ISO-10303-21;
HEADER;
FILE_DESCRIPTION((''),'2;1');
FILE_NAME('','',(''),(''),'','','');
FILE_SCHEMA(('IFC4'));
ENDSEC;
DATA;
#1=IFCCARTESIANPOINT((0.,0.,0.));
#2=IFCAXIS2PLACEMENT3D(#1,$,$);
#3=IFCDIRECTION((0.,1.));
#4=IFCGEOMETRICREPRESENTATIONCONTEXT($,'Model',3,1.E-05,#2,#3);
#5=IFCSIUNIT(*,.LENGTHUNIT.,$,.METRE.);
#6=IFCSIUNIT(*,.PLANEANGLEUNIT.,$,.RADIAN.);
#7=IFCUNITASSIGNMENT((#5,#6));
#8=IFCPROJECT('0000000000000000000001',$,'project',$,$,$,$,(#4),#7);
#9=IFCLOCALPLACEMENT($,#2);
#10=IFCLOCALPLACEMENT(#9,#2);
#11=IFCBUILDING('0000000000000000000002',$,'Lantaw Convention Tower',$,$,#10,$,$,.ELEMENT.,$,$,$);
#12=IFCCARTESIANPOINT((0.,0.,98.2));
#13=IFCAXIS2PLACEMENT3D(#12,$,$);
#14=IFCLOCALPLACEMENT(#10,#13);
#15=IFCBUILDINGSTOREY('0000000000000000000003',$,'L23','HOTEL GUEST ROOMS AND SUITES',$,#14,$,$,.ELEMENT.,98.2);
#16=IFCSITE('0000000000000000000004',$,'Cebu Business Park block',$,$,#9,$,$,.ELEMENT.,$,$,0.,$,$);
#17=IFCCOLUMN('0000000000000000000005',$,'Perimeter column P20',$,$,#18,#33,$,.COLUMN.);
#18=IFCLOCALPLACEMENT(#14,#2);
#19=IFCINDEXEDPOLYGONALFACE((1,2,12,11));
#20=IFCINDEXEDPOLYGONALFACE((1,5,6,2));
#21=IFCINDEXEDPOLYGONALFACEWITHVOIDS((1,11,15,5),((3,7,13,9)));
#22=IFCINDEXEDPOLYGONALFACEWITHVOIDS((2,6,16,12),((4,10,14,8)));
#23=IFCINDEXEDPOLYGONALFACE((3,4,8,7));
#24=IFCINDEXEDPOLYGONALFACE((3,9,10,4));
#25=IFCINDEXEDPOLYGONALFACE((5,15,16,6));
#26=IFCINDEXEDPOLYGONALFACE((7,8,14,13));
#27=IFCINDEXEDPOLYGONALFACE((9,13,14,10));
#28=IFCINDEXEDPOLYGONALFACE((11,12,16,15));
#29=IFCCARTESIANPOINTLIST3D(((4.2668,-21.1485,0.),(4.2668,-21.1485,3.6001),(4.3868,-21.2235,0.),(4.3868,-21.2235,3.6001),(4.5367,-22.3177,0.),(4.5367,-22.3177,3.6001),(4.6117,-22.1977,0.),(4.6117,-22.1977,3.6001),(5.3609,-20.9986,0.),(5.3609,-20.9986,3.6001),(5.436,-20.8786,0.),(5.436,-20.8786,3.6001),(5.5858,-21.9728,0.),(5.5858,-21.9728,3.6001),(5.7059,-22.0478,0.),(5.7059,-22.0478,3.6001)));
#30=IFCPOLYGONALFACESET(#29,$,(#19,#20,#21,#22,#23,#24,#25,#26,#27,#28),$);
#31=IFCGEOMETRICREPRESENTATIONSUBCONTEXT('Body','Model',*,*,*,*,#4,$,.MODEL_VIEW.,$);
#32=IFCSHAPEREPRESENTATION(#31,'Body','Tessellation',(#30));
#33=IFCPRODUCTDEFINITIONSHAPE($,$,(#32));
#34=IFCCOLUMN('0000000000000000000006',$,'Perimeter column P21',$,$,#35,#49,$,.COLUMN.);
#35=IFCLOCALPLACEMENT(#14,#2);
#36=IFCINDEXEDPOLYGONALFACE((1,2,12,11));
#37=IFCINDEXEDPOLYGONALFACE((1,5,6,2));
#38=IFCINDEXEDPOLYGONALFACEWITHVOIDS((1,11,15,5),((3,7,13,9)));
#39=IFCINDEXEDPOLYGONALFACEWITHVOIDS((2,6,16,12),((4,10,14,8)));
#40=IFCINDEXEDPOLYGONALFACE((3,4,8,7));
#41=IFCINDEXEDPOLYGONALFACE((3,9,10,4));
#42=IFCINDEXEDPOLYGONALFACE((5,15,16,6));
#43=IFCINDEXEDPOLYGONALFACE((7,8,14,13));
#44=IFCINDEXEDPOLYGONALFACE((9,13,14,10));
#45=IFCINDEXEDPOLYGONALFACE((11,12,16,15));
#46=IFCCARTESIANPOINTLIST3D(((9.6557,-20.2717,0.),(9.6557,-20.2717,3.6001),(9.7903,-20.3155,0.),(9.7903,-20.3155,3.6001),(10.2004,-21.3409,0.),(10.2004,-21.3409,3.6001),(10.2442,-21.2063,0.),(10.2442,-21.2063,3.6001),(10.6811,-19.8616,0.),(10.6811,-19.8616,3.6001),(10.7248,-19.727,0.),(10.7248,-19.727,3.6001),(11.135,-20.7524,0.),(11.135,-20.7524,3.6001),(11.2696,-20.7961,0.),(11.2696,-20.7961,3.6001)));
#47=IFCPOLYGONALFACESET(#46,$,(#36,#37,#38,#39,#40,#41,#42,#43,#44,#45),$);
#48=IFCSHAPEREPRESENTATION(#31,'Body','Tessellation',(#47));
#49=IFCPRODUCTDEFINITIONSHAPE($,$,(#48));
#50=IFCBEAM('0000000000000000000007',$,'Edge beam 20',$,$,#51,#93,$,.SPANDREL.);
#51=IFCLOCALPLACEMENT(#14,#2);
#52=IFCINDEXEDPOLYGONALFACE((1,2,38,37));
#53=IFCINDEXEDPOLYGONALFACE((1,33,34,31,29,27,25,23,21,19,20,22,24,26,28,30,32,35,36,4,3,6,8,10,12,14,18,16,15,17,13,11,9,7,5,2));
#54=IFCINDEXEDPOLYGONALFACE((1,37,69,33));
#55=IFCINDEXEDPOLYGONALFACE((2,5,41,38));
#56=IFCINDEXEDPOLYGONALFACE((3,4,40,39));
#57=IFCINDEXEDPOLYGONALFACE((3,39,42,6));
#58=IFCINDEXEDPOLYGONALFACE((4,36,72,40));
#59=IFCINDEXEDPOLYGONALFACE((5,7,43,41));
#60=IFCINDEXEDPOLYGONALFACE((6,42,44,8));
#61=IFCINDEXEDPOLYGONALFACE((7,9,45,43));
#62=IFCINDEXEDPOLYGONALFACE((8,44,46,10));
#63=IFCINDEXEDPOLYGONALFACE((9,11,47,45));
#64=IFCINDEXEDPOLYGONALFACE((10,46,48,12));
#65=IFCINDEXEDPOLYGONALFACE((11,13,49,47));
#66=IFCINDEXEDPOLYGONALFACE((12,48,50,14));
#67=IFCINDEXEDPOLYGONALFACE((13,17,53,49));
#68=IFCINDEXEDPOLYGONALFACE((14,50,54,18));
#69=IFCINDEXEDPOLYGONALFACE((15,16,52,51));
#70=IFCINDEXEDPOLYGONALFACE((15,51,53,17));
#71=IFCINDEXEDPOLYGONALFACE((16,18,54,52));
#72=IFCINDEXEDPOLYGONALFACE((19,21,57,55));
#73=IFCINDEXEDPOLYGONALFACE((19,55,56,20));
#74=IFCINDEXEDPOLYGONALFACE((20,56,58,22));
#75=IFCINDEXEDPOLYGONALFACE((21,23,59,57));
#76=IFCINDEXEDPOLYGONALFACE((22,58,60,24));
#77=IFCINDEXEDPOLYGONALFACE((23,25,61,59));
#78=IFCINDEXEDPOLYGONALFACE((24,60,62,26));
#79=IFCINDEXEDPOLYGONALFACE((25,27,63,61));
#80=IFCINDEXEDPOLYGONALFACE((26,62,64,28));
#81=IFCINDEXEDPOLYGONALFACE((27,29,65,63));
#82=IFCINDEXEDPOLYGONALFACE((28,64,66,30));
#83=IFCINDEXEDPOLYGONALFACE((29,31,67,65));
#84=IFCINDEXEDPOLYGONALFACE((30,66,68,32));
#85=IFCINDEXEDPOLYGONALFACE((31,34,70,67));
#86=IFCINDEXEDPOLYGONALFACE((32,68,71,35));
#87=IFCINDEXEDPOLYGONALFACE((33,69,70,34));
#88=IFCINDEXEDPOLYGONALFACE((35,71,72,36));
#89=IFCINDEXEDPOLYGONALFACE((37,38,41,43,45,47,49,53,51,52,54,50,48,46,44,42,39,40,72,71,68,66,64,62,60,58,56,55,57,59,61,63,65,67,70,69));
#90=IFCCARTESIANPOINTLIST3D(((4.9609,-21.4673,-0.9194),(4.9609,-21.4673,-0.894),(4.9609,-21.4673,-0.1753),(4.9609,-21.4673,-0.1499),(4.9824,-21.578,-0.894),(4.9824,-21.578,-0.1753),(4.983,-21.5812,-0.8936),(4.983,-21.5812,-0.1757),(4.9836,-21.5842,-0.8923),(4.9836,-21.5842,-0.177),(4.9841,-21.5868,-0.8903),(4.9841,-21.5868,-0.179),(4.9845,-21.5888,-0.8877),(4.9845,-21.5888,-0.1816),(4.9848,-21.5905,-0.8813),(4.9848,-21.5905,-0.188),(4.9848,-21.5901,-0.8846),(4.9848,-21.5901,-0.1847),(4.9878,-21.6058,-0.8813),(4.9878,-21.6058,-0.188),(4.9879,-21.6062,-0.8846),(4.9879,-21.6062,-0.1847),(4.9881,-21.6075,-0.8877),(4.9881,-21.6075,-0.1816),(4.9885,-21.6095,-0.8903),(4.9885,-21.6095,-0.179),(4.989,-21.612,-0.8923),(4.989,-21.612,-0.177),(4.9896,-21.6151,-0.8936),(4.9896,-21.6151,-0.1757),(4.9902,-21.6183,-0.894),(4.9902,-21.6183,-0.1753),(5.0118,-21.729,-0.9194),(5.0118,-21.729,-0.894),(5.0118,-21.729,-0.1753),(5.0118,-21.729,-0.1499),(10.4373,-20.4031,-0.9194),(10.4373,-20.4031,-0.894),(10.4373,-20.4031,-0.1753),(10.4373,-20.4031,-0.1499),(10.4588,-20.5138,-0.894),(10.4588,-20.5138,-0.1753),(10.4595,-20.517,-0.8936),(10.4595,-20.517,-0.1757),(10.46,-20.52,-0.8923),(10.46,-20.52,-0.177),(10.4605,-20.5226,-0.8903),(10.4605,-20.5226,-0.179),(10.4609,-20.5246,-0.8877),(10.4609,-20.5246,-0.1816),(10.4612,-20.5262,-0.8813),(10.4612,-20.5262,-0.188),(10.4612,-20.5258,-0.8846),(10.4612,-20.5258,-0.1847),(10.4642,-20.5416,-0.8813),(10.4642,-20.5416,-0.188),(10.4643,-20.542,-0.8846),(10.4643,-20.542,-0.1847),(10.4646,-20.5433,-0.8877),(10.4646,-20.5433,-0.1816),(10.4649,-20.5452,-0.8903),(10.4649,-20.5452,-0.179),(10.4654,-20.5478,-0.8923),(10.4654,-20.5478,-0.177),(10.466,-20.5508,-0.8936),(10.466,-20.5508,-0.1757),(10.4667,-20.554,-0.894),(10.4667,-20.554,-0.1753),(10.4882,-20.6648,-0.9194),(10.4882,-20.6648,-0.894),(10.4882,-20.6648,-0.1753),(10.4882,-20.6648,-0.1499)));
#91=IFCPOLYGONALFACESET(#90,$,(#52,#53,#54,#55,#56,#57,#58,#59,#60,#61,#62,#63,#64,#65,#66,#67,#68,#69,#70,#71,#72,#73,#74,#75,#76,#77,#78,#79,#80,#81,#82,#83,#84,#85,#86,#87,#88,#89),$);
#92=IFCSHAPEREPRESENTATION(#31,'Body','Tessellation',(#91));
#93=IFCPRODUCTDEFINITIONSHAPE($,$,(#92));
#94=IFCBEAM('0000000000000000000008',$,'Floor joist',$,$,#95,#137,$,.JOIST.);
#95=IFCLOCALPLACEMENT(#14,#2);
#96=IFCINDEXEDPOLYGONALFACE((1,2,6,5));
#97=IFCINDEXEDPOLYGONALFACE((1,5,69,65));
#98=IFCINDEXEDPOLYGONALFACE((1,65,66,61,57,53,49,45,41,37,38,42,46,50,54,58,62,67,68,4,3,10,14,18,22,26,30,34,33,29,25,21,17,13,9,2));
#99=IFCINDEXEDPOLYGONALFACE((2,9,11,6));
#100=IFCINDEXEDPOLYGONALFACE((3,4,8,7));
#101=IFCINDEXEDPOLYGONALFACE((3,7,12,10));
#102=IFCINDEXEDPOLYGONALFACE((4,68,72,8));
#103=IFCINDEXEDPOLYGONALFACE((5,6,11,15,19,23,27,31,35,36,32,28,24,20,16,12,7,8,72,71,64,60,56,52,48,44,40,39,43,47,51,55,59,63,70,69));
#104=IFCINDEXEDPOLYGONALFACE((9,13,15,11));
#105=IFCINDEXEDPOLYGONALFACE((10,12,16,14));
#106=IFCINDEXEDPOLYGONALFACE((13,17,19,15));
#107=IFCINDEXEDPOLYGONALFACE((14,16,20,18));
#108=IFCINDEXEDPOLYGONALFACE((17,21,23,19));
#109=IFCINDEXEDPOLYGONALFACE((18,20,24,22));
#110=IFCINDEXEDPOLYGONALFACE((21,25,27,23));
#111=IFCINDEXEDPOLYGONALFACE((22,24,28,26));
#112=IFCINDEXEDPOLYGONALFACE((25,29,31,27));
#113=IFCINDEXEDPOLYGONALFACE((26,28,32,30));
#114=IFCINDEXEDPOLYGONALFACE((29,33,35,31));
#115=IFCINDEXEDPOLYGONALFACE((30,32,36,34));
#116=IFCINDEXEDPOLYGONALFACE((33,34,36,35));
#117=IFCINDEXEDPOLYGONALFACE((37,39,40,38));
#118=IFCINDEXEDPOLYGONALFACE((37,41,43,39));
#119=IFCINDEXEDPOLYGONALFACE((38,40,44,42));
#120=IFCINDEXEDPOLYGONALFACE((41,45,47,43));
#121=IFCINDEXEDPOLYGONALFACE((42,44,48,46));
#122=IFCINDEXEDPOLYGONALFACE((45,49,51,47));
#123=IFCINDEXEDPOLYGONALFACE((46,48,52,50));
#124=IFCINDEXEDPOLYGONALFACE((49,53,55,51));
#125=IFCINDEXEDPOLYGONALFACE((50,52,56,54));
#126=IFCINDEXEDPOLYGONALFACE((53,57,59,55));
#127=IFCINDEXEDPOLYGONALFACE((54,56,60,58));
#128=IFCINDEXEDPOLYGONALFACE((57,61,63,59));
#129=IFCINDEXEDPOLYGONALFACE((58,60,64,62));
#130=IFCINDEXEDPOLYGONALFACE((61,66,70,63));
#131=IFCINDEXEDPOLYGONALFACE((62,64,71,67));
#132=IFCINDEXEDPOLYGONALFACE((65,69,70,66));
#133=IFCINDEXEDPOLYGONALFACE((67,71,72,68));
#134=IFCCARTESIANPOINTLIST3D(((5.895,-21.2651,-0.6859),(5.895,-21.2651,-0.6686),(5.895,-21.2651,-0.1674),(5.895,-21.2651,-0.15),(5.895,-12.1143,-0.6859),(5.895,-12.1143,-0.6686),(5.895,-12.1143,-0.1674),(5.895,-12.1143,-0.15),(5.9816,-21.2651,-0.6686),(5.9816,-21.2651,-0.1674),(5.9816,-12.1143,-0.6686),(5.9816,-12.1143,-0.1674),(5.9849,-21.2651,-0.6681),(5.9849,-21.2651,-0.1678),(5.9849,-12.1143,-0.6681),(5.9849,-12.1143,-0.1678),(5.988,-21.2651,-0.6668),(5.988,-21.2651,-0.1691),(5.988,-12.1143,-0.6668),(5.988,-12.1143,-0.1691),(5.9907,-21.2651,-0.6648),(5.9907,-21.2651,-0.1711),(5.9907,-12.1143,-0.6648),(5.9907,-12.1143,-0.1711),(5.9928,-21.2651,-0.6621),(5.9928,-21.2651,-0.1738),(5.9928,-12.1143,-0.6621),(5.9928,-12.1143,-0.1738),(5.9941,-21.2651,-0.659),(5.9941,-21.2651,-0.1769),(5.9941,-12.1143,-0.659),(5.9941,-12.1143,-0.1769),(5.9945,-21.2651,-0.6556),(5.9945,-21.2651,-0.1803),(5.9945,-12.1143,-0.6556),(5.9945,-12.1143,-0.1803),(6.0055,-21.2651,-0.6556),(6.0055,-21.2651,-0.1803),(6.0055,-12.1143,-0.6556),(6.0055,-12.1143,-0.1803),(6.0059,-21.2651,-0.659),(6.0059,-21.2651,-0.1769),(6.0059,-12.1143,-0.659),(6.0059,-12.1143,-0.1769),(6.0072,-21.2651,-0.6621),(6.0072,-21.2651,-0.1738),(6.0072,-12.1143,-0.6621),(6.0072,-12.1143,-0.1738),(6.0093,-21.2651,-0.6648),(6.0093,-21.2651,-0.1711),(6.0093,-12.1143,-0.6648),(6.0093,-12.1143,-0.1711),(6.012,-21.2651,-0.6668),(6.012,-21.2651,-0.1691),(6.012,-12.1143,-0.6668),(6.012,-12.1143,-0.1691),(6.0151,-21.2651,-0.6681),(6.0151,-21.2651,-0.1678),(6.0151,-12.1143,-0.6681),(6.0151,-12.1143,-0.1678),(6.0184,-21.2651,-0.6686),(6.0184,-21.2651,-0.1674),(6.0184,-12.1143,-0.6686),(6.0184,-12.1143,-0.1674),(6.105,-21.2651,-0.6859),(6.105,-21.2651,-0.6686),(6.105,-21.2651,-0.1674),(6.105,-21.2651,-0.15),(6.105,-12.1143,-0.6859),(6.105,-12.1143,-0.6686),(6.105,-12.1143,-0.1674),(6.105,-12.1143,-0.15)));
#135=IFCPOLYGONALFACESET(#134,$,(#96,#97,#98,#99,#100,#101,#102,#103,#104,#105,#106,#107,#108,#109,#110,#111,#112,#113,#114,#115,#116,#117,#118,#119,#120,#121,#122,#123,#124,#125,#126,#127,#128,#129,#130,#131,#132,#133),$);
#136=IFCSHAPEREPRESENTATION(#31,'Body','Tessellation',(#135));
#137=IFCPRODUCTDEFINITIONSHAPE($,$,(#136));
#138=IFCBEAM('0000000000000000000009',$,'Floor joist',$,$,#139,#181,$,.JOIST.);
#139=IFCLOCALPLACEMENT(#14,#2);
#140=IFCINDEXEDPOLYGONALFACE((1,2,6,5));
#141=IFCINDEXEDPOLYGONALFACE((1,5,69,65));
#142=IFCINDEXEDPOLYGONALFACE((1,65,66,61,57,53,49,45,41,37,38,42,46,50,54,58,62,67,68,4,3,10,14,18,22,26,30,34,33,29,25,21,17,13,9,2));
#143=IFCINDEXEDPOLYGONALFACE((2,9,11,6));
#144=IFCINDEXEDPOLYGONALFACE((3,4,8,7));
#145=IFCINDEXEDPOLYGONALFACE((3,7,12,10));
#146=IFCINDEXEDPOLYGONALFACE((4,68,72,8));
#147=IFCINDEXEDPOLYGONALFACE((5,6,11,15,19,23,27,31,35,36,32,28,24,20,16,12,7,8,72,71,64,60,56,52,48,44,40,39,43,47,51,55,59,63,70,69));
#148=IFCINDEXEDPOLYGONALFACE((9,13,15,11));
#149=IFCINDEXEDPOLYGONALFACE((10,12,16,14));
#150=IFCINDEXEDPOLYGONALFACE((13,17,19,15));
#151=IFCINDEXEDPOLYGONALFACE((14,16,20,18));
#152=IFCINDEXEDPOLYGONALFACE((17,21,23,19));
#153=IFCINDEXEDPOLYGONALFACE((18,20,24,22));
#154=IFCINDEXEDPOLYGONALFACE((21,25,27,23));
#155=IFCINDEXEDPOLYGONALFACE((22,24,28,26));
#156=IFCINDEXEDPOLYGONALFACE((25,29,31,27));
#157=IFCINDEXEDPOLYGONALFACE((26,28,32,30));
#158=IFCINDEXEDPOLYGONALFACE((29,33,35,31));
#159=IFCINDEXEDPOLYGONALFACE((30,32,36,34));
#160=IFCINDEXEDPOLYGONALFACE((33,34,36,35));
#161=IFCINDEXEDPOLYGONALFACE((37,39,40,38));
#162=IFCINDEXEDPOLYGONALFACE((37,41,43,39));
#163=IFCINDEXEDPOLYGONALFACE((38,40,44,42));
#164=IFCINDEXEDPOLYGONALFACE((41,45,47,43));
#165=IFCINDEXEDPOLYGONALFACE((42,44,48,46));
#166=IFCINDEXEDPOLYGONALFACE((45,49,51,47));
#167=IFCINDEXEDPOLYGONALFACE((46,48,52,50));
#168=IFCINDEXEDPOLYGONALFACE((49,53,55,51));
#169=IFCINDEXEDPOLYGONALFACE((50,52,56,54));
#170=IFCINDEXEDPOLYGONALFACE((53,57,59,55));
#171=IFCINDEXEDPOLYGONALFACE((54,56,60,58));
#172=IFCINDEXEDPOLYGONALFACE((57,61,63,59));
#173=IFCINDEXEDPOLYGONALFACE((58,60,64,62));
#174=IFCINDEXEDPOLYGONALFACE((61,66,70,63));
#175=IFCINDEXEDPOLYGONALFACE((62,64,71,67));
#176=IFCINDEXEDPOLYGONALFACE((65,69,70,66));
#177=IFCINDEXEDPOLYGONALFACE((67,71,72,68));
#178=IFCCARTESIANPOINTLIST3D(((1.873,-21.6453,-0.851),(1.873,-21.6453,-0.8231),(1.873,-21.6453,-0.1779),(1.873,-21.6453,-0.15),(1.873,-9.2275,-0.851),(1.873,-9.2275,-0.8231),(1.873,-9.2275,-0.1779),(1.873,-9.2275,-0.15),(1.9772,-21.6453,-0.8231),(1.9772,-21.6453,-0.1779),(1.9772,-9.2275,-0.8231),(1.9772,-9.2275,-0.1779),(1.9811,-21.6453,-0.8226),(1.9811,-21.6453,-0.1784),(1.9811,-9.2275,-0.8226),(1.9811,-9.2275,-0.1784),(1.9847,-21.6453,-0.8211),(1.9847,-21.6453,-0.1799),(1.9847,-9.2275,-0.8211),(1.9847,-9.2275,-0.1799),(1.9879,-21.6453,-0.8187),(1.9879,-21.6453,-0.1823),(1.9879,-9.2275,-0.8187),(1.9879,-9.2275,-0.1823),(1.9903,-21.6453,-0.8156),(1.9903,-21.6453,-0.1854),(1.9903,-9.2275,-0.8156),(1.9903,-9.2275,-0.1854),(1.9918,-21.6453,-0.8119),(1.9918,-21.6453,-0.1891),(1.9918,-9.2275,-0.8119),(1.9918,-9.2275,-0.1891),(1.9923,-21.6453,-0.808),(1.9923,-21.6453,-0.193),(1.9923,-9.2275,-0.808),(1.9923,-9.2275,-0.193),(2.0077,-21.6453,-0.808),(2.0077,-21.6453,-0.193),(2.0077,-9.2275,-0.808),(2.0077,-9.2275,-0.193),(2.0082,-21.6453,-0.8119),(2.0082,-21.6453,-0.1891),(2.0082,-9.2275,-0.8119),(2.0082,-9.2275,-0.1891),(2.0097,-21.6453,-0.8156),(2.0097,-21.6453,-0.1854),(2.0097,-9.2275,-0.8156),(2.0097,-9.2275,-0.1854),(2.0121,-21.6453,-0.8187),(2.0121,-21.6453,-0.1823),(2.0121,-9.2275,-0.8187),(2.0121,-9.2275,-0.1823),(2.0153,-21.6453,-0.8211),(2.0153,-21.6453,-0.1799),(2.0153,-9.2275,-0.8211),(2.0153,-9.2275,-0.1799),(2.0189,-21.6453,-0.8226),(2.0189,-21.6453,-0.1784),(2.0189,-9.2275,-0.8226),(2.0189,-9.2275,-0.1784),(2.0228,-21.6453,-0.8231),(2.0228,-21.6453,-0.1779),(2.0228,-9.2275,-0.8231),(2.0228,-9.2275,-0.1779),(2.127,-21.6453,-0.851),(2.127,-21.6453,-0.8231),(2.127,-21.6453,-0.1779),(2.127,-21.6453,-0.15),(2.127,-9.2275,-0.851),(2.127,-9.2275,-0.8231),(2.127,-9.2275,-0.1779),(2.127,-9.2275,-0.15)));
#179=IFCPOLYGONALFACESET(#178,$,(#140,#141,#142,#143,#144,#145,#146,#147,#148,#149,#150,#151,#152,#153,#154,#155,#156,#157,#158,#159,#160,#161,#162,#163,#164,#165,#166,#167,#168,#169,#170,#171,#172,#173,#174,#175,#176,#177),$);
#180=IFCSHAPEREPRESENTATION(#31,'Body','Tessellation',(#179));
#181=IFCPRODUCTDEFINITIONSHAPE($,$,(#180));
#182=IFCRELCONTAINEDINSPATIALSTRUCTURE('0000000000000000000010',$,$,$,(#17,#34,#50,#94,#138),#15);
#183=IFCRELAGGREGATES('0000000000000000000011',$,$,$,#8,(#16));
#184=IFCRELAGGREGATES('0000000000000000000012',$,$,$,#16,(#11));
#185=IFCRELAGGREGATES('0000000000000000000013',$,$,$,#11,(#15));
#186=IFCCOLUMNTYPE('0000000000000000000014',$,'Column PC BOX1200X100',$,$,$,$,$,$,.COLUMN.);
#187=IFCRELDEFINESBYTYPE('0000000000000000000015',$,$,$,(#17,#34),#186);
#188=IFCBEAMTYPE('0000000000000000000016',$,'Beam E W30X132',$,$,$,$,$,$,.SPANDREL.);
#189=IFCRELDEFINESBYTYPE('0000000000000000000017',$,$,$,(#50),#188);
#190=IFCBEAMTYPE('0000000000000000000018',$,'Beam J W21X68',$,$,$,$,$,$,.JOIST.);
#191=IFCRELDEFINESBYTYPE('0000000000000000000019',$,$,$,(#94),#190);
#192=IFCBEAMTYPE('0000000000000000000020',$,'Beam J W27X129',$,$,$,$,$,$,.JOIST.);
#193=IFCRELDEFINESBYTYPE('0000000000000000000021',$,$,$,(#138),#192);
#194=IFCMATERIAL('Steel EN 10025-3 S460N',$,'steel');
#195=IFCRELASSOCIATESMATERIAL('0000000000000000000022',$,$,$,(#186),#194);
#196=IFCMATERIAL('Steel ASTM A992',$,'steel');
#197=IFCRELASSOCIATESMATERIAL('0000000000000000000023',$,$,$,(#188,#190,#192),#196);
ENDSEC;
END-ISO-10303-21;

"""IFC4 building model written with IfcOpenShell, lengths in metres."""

from ifc_helpers import new_model, si_unit, direction, frame, origin, origin_2d, place, context, subcontext, project, spatial, rectangle, hollow_rectangle, i_section, extrude, material, material_profile, profile_set, type_object, element, save


model = new_model("IFC4")

# Units and contexts
model_context = context("Model", 3, precision=1e-05, world=origin(), true_north=direction((0.0, 1.0)))
body_context = subcontext(model_context, "Body", "Model", "MODEL_VIEW")
ifc_project = project(units=[si_unit("LENGTHUNIT", "METRE"), si_unit("PLANEANGLEUNIT", "RADIAN")], contexts=[model_context])

# Site, building, storey
site_placement = place(None, origin())
site = spatial("IfcSite", under=ifc_project, at=site_placement, Name="Cebu Business Park block", CompositionType="ELEMENT", RefElevation=0.0)
building_placement = place(site_placement, origin())
building = spatial("IfcBuilding", under=site, at=building_placement, Name="Lantaw Convention Tower", CompositionType="ELEMENT")
storey_placement = place(building_placement, frame((0.0, 0.0, 98.2)))
storey = spatial("IfcBuildingStorey", under=building, at=storey_placement, Name="L23", Description="HOTEL GUEST ROOMS AND SUITES", CompositionType="ELEMENT", Elevation=98.2)

# Columns
ifc_material_1 = material(Name="Steel EN 10025-3 S460N", Category="steel")
ifc_material_profile_1 = material_profile(ifc_material_1, hollow_rectangle(XDim=1.2, YDim=1.2, WallThickness=0.1001, at=origin_2d()), Name="BOX1200X100")
ifc_material_2 = material(Name="Concrete C60/75", Category="concrete")
ifc_material_profile_2 = material_profile(ifc_material_2, rectangle(XDim=1.0, YDim=1.0, at=origin_2d()), Name="Concrete fill of BOX1200X100")
ifc_profile_set_1 = profile_set([ifc_material_profile_1, ifc_material_profile_2], Name="Steel EN 10025-3 S460N")
column_type = type_object("IfcColumnType", Name="Column PC BOX1200X100", PredefinedType="COLUMN", material=ifc_profile_set_1)
for number, where, z_axis, x_axis, name in (
    (1, (4.9863, -21.5981, 0.0), (0.0, 0.0, 1.0), (0.97437, 0.224951, 0.0), "Perimeter column P20"),
    (2, (10.4626, -20.5339, 0.0), (0.0, 0.0, 1.0), (0.891007, 0.45399, 0.0), "Perimeter column P21"),
):
    element("IfcColumn", number, at=place(storey_placement, frame(where, z_axis=z_axis, x_axis=x_axis)), inside=storey, type_object=column_type, Name=name, PredefinedType="COLUMN", context=body_context, shape_type="SweptSolid", body=[
        extrude(hollow_rectangle(XDim=1.2, YDim=1.2, WallThickness=0.1001, at=origin_2d()), origin(), (0.0, 0.0, 1.0), 3.6001),
    ])

# Beams
ifc_material_3 = material(Name="Steel ASTM A992", Category="steel")
ifc_material_profile_3 = material_profile(ifc_material_3, i_section(OverallWidth=0.2666, OverallDepth=0.7695, WebThickness=0.0156, FlangeThickness=0.0254, FilletRadius=0.0127, at=origin_2d()), Name="W30X132")
ifc_profile_set_2 = profile_set([ifc_material_profile_3], Name="Steel ASTM A992")
beam_type_1 = type_object("IfcBeamType", Name="Beam E W30X132", PredefinedType="SPANDREL", material=ifc_profile_set_2)
beam_1_placement = place(storey_placement, frame((4.9863, -21.5981, -0.5347), z_axis=(0.981637, 0.190761, 0.0), x_axis=(-0.190761, 0.981637, 0.0)))
element("IfcBeam", 3, at=beam_1_placement, inside=storey, type_object=beam_type_1, Name="Edge beam 20", PredefinedType="SPANDREL", context=body_context, shape_type="SweptSolid", body=[
    extrude(i_section(OverallWidth=0.2666, OverallDepth=0.7695, WebThickness=0.0156, FlangeThickness=0.0254, FilletRadius=0.0127, at=origin_2d()), origin(), (0.0, 0.0, 1.0), 5.5789),
])
ifc_material_profile_4 = material_profile(ifc_material_3, i_section(OverallWidth=0.21, OverallDepth=0.5359, WebThickness=0.011, FlangeThickness=0.0173, FilletRadius=0.0129, at=origin_2d()), Name="W21X68")
ifc_profile_set_3 = profile_set([ifc_material_profile_4], Name="Steel ASTM A992")
beam_type_2 = type_object("IfcBeamType", Name="Beam J W21X68", PredefinedType="JOIST", material=ifc_profile_set_3)
beam_2_placement = place(storey_placement, frame((6.0, -21.2651, -0.418), z_axis=(0.0, 1.0, 0.0), x_axis=(-1.0, 0.0, 0.0)))
element("IfcBeam", 4, at=beam_2_placement, inside=storey, type_object=beam_type_2, Name="Floor joist", PredefinedType="JOIST", context=body_context, shape_type="SweptSolid", body=[
    extrude(i_section(OverallWidth=0.21, OverallDepth=0.5359, WebThickness=0.011, FlangeThickness=0.0173, FilletRadius=0.0129, at=origin_2d()), origin(), (0.0, 0.0, 1.0), 9.1509),
])
ifc_material_profile_5 = material_profile(ifc_material_3, i_section(OverallWidth=0.2539, OverallDepth=0.7009, WebThickness=0.0154, FlangeThickness=0.0278, FilletRadius=0.0151, at=origin_2d()), Name="W27X129")
ifc_profile_set_4 = profile_set([ifc_material_profile_5], Name="Steel ASTM A992")
beam_type_3 = type_object("IfcBeamType", Name="Beam J W27X129", PredefinedType="JOIST", material=ifc_profile_set_4)
beam_3_placement = place(storey_placement, frame((2.0, -21.6453, -0.5005), z_axis=(0.0, 1.0, 0.0), x_axis=(-1.0, 0.0, 0.0)))
element("IfcBeam", 5, at=beam_3_placement, inside=storey, type_object=beam_type_3, Name="Floor joist", PredefinedType="JOIST", context=body_context, shape_type="SweptSolid", body=[
    extrude(i_section(OverallWidth=0.2539, OverallDepth=0.7009, WebThickness=0.0154, FlangeThickness=0.0278, FilletRadius=0.0151, at=origin_2d()), origin(), (0.0, 0.0, 1.0), 12.4177),
])

save(model, "model.ifc")
